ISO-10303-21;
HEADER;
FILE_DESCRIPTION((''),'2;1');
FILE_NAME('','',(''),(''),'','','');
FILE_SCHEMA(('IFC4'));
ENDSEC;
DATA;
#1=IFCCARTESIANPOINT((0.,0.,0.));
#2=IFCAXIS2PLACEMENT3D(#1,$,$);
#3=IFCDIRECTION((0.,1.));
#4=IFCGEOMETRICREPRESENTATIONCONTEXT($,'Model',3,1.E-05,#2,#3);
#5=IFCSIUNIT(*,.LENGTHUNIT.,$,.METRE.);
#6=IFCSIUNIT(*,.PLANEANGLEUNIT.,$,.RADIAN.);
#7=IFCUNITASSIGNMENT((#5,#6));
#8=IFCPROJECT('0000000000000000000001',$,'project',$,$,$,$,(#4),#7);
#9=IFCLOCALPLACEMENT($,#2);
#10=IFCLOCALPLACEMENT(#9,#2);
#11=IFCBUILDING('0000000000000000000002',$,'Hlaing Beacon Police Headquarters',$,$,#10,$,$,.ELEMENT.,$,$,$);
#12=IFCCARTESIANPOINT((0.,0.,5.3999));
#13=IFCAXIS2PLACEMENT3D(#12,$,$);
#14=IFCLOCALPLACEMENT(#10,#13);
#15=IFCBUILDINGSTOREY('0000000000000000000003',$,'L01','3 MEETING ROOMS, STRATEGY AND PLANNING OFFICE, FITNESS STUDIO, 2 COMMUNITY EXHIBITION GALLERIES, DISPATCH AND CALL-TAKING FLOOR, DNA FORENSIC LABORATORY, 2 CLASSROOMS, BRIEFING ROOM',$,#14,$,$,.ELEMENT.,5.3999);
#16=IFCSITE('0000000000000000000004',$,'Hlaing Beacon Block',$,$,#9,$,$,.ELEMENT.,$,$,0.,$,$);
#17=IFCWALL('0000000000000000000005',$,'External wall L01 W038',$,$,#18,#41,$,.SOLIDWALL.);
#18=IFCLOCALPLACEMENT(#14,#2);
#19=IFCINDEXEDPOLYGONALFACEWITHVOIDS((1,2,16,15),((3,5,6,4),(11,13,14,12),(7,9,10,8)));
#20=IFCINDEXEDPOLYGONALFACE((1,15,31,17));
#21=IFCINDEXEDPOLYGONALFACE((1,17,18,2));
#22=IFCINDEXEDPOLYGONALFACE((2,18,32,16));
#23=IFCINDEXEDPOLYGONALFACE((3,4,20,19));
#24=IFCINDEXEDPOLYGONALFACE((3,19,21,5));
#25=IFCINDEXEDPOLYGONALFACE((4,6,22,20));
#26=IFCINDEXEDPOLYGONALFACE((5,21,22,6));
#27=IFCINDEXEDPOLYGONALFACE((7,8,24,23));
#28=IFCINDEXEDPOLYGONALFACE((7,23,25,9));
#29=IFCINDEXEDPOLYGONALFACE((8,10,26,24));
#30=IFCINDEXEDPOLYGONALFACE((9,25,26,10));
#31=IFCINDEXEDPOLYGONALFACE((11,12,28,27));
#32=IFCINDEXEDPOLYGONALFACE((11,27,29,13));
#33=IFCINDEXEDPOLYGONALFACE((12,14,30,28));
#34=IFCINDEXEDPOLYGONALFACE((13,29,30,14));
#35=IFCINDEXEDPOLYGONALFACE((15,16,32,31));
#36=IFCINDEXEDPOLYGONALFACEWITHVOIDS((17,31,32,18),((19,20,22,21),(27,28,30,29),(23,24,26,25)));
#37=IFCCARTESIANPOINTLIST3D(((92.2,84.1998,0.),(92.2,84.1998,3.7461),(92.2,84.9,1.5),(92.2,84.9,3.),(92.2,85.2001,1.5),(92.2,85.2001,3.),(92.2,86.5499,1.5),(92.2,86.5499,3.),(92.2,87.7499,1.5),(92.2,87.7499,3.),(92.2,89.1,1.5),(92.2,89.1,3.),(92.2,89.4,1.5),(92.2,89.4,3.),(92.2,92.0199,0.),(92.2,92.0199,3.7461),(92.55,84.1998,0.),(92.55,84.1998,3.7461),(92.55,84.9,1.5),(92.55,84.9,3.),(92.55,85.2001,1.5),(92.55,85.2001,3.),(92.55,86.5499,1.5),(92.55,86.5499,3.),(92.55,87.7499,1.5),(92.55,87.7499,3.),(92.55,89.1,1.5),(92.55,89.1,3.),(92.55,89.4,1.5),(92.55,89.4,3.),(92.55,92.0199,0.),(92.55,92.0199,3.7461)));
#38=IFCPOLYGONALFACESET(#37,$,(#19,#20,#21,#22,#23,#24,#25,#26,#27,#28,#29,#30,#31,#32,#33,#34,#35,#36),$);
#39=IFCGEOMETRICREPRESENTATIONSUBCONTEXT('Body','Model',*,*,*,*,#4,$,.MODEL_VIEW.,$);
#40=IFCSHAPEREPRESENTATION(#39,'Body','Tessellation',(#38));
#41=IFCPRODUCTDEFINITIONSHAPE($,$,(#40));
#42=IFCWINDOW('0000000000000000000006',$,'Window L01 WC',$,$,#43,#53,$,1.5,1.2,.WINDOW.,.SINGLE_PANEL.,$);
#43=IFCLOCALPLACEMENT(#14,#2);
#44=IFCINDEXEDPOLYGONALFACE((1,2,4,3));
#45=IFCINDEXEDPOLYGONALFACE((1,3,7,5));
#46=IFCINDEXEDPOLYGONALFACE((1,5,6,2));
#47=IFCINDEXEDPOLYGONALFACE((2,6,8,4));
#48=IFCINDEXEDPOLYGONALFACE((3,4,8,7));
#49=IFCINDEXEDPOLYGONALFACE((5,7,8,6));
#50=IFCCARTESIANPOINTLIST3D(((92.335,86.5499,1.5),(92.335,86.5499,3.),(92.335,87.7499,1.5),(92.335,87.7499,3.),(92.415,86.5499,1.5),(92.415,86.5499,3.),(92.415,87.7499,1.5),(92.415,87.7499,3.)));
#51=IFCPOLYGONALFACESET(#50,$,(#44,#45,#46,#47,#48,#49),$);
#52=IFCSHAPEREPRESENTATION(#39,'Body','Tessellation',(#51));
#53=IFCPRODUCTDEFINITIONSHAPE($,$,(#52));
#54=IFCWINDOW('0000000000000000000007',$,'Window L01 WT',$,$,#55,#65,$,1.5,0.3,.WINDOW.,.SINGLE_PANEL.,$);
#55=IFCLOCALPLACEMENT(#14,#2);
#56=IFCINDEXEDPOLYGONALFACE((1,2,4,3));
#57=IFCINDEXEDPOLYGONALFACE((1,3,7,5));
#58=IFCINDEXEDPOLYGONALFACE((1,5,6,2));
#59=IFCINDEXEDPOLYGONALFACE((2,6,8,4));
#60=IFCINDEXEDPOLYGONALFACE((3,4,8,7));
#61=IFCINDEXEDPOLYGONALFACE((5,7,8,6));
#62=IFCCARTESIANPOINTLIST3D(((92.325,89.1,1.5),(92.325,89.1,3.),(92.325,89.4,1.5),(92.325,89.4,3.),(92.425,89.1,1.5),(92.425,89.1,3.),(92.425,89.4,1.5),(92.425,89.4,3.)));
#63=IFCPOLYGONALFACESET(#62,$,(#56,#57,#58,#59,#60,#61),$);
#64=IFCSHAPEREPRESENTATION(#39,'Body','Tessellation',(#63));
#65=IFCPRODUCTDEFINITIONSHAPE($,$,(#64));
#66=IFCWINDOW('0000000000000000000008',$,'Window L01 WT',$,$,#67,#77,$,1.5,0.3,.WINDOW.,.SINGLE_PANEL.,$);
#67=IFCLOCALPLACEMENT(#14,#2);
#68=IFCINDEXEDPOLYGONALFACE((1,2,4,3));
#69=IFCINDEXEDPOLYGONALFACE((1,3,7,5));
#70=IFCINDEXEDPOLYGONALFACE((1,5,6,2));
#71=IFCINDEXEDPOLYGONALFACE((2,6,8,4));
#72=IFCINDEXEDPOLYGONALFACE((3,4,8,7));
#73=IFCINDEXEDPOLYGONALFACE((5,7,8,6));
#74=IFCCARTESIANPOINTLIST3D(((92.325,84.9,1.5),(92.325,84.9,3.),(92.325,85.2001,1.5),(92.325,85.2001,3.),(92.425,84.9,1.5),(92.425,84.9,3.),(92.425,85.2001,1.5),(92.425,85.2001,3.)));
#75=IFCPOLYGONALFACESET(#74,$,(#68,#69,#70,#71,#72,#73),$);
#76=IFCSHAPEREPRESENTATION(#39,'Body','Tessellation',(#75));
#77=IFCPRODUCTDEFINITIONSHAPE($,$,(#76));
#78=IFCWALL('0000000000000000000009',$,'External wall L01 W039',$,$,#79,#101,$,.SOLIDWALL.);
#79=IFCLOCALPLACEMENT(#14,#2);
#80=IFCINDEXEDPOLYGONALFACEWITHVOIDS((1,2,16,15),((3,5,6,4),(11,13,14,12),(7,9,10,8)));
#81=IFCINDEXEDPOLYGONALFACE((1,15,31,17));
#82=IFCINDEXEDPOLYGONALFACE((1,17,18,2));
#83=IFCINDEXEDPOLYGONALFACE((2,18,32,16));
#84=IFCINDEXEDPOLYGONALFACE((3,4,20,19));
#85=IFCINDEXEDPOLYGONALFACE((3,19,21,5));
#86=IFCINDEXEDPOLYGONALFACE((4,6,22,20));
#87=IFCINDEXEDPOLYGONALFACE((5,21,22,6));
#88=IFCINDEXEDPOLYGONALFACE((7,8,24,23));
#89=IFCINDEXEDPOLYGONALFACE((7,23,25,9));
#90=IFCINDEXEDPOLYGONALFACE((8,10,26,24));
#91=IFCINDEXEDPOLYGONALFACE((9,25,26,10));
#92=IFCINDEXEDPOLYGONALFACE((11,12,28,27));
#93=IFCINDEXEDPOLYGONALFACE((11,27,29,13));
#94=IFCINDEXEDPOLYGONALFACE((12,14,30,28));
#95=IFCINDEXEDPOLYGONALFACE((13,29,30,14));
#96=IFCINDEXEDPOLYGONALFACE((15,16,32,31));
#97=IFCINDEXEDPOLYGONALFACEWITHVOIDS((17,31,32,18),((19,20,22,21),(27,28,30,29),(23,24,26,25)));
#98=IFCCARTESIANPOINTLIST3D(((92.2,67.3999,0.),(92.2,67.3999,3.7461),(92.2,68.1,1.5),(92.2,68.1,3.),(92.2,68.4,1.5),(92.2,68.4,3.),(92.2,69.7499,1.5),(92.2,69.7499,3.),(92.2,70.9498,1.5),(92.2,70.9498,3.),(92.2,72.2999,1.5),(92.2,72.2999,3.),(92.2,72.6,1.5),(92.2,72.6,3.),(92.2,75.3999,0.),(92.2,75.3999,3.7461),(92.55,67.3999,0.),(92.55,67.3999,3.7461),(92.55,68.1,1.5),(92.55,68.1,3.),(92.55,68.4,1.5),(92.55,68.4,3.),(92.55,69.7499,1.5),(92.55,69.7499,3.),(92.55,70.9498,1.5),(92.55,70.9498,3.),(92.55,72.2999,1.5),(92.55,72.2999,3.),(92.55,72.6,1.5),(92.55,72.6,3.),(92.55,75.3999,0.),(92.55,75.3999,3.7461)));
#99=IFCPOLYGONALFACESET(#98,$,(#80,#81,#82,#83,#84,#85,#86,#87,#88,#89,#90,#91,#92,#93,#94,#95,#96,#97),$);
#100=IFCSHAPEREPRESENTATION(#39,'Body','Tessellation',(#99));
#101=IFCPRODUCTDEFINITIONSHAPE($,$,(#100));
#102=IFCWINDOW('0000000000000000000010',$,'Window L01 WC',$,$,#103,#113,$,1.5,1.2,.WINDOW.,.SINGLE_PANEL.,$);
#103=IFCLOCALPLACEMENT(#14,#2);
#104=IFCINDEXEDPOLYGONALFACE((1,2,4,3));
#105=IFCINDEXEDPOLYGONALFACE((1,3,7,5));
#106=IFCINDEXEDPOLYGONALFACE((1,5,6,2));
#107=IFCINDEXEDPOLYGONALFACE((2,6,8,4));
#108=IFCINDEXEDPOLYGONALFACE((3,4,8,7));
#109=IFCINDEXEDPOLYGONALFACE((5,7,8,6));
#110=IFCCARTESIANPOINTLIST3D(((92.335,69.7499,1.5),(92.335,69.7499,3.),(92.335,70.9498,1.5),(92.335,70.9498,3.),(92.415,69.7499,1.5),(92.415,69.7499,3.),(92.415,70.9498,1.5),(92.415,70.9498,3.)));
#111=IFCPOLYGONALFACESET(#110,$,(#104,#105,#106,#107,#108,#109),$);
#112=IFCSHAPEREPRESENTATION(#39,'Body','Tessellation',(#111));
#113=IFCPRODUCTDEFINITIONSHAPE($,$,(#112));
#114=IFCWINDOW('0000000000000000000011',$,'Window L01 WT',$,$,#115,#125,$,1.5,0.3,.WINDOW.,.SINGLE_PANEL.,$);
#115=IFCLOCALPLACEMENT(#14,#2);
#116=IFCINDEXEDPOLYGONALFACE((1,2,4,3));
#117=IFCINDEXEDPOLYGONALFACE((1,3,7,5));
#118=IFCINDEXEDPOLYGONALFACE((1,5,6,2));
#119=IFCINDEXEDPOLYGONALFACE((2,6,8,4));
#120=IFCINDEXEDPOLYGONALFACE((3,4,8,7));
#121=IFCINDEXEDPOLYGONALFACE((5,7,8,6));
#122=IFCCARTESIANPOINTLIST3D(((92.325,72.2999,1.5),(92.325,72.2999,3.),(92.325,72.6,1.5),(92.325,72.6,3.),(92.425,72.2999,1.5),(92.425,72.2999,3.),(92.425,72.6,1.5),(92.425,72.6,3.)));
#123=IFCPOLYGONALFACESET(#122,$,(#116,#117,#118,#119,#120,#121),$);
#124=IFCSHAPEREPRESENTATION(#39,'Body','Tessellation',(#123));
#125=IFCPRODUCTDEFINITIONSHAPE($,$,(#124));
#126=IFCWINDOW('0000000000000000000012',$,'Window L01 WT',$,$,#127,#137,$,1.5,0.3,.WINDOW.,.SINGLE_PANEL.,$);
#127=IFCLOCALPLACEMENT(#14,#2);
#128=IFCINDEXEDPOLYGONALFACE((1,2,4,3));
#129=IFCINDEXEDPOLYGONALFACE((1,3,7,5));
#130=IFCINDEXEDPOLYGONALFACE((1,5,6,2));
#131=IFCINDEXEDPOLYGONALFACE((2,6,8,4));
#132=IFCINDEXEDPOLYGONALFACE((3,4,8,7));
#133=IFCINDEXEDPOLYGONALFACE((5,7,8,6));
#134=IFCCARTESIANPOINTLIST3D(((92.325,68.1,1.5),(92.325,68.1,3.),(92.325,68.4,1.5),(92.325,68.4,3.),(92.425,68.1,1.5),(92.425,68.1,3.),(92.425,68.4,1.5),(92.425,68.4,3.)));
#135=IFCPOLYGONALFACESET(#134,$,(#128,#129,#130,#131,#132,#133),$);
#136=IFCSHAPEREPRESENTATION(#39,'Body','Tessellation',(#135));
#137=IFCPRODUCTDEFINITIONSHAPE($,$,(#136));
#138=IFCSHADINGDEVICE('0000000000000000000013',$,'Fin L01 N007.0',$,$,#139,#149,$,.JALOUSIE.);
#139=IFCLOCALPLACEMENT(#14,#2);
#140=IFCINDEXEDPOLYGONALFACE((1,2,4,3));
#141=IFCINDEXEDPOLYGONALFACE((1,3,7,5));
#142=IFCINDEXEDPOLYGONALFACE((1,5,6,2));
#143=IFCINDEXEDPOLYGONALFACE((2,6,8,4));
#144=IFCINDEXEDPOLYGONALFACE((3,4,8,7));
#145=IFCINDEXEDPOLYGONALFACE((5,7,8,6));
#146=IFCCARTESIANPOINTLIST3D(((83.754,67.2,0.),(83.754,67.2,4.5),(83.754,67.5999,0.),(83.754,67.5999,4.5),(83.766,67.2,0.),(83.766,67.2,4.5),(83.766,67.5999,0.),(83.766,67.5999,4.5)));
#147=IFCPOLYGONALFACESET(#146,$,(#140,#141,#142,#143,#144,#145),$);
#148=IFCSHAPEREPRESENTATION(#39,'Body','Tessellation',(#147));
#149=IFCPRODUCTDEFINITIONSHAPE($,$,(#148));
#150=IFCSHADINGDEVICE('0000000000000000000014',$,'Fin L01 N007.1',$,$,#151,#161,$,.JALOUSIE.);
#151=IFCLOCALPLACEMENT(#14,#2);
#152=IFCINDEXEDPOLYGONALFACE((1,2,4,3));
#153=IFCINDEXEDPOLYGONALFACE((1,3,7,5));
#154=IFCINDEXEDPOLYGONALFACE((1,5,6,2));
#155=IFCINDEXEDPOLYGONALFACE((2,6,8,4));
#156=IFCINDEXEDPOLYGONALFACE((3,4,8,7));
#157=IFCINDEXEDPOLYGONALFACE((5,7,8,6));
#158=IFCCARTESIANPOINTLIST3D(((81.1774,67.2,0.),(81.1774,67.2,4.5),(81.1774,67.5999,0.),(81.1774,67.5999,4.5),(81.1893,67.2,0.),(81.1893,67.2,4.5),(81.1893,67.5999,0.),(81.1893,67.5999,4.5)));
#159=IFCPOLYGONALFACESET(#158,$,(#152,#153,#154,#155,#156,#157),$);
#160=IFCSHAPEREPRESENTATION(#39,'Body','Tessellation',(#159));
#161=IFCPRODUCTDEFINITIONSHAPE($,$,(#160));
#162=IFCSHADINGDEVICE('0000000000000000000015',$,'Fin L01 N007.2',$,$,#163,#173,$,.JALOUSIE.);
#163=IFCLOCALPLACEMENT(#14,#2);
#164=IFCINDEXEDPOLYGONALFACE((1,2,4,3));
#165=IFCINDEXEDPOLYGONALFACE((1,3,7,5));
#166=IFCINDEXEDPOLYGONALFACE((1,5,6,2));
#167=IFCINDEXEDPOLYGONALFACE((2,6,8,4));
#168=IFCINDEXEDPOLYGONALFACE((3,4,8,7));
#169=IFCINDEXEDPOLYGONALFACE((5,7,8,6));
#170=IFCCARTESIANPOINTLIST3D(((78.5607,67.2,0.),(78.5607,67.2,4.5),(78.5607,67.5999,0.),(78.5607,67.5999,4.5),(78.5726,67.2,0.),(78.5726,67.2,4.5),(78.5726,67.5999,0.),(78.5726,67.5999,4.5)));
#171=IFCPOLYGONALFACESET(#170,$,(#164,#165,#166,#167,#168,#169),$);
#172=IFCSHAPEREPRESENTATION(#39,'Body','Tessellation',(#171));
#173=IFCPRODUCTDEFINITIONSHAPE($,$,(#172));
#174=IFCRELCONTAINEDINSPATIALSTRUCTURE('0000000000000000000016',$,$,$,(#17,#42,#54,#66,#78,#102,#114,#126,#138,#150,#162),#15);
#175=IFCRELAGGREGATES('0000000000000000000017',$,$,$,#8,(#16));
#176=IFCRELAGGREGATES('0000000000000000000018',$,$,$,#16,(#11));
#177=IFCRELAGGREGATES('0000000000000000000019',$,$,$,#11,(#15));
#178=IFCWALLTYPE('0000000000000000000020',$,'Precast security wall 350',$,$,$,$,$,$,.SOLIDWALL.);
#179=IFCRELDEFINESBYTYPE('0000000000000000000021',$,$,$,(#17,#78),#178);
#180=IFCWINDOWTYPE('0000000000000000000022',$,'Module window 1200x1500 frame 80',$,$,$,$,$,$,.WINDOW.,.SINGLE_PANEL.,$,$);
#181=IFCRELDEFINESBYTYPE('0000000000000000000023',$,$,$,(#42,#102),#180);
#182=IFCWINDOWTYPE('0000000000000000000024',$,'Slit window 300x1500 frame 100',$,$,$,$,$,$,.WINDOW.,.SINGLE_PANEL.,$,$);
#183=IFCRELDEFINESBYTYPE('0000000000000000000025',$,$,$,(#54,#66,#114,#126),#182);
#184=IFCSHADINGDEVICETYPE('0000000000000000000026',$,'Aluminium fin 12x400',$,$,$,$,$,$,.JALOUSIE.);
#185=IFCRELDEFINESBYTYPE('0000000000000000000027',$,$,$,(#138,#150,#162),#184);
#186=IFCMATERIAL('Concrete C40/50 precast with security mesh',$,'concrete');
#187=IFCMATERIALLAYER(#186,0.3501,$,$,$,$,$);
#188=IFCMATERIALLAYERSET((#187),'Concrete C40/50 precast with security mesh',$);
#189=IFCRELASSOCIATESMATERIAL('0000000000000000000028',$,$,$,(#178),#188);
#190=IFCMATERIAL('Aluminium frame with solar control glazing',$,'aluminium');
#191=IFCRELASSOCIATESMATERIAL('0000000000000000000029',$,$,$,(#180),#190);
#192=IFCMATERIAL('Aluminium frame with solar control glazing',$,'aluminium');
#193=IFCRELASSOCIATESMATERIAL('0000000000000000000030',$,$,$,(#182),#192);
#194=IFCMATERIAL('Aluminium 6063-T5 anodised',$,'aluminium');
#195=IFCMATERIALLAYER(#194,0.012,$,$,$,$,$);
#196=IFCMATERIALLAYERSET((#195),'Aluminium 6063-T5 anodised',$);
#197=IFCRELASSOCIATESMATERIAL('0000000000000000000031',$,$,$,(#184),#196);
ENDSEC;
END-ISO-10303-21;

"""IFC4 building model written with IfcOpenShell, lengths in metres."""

from ifc_helpers import new_model, si_unit, direction, frame, frame_2d, origin, origin_2d, place, context, subcontext, project, spatial, rectangle, extrude, material, layer, layer_set, type_object, element, fill, save


model = new_model("IFC4")

# Units and contexts
model_context = context("Model", 3, precision=1e-05, world=origin(), true_north=direction((0.0, 1.0)))
body_context = subcontext(model_context, "Body", "Model", "MODEL_VIEW")
ifc_project = project(units=[si_unit("LENGTHUNIT", "METRE"), si_unit("PLANEANGLEUNIT", "RADIAN")], contexts=[model_context])

# Site, building, storey
site_placement = place(None, origin())
site = spatial("IfcSite", under=ifc_project, at=site_placement, Name="Hlaing Beacon Block", CompositionType="ELEMENT", RefElevation=0.0)
building_placement = place(site_placement, origin())
building = spatial("IfcBuilding", under=site, at=building_placement, Name="Hlaing Beacon Police Headquarters", CompositionType="ELEMENT")
storey_placement = place(building_placement, frame((0.0, 0.0, 5.3999)))
storey = spatial("IfcBuildingStorey", under=building, at=storey_placement, Name="L01", Description="3 MEETING ROOMS, STRATEGY AND PLANNING OFFICE, FITNESS STUDIO, 2 COMMUNITY EXHIBITION GALLERIES, DISPATCH AND CALL-TAKING FLOOR, DNA FORENSIC LABORATORY, 2 CLASSROOMS, BRIEFING ROOM", CompositionType="ELEMENT", Elevation=5.3999)

# Walls, openings, windows
ifc_material_1 = material(Name="Concrete C40/50 precast with security mesh", Category="concrete")
ifc_layer_1 = layer(ifc_material_1, 0.3501)
ifc_layer_set_1 = layer_set([ifc_layer_1], Name="Concrete C40/50 precast with security mesh")
wall_type_1 = type_object("IfcWallType", Name="Precast security wall 350", PredefinedType="SOLIDWALL", material=ifc_layer_set_1)
wall_1_placement = place(storey_placement, frame((92.375, 92.02, 0.0), z_axis=(0.0, 0.0, 1.0), x_axis=(0.0, -1.0, 0.0)))
wall_1 = element("IfcWall", 1, at=wall_1_placement, inside=storey, type_object=wall_type_1, Name="External wall L01 W038", PredefinedType="SOLIDWALL", context=body_context, shape_type="SweptSolid", body=[
    extrude(rectangle(XDim=7.8201, YDim=0.3501, at=frame_2d((3.9102, 0.0))), origin(), (0.0, 0.0, 1.0), 3.7461),
])
opening_1_placement = place(wall_1_placement, frame((2.6201, 0.0, 1.5)))
opening_1 = element("IfcOpeningElement", 2, at=opening_1_placement, cuts=wall_1, PredefinedType="OPENING", context=body_context, shape_type="SweptSolid", body=[
    extrude(rectangle(XDim=0.3, YDim=1.5, at=frame_2d((0.1499, 0.75))), frame((0.0, 0.1851, 0.0), z_axis=(0.0, -1.0, 0.0), x_axis=(1.0, 0.0, 0.0)), (0.0, 0.0, 1.0), 0.3701),
])
opening_2_placement = place(wall_1_placement, frame((4.27, 0.0, 1.5)))
opening_2 = element("IfcOpeningElement", 3, at=opening_2_placement, cuts=wall_1, PredefinedType="OPENING", context=body_context, shape_type="SweptSolid", body=[
    extrude(rectangle(XDim=1.2, YDim=1.5, at=frame_2d((0.6001, 0.75))), frame((0.0, 0.1851, 0.0), z_axis=(0.0, -1.0, 0.0), x_axis=(1.0, 0.0, 0.0)), (0.0, 0.0, 1.0), 0.3701),
])
opening_3_placement = place(wall_1_placement, frame((6.8201, 0.0, 1.5)))
opening_3 = element("IfcOpeningElement", 4, at=opening_3_placement, cuts=wall_1, PredefinedType="OPENING", context=body_context, shape_type="SweptSolid", body=[
    extrude(rectangle(XDim=0.3, YDim=1.5, at=frame_2d((0.1499, 0.75))), frame((0.0, 0.1851, 0.0), z_axis=(0.0, -1.0, 0.0), x_axis=(1.0, 0.0, 0.0)), (0.0, 0.0, 1.0), 0.3701),
])
ifc_material_2 = material(Name="Aluminium frame with solar control glazing", Category="aluminium")
window_type_1 = type_object("IfcWindowType", Name="Module window 1200x1500 frame 80", PartitioningType="SINGLE_PANEL", PredefinedType="WINDOW", material=ifc_material_2)
window_1_placement = place(opening_2_placement, origin())
window_1 = element("IfcWindow", 5, at=window_1_placement, inside=storey, type_object=window_type_1, Name="Window L01 WC", OverallHeight=1.5, OverallWidth=1.2, PartitioningType="SINGLE_PANEL", PredefinedType="WINDOW", context=body_context, shape_type="SweptSolid", body=[
    extrude(rectangle(XDim=1.2, YDim=1.5, at=frame_2d((0.6001, 0.75))), frame((0.0, 0.04, 0.0), z_axis=(0.0, -1.0, 0.0), x_axis=(1.0, 0.0, 0.0)), (0.0, 0.0, 1.0), 0.0801),
])
fill(opening_2, window_1)
ifc_material_3 = material(Name="Aluminium frame with solar control glazing", Category="aluminium")
window_type_2 = type_object("IfcWindowType", Name="Slit window 300x1500 frame 100", PartitioningType="SINGLE_PANEL", PredefinedType="WINDOW", material=ifc_material_3)
window_2_placement = place(opening_1_placement, origin())
window_2 = element("IfcWindow", 6, at=window_2_placement, inside=storey, type_object=window_type_2, Name="Window L01 WT", OverallHeight=1.5, OverallWidth=0.3, PartitioningType="SINGLE_PANEL", PredefinedType="WINDOW", context=body_context, shape_type="SweptSolid", body=[
    extrude(rectangle(XDim=0.3, YDim=1.5, at=frame_2d((0.1499, 0.75))), frame((0.0, 0.05, 0.0), z_axis=(0.0, -1.0, 0.0), x_axis=(1.0, 0.0, 0.0)), (0.0, 0.0, 1.0), 0.1001),
])
fill(opening_1, window_2)
window_3_placement = place(opening_3_placement, origin())
window_3 = element("IfcWindow", 7, at=window_3_placement, inside=storey, type_object=window_type_2, Name="Window L01 WT", OverallHeight=1.5, OverallWidth=0.3, PartitioningType="SINGLE_PANEL", PredefinedType="WINDOW", context=body_context, shape_type="SweptSolid", body=[
    extrude(rectangle(XDim=0.3, YDim=1.5, at=frame_2d((0.1499, 0.75))), frame((0.0, 0.05, 0.0), z_axis=(0.0, -1.0, 0.0), x_axis=(1.0, 0.0, 0.0)), (0.0, 0.0, 1.0), 0.1001),
])
fill(opening_3, window_3)
wall_2_placement = place(storey_placement, frame((92.375, 75.3999, 0.0), z_axis=(0.0, 0.0, 1.0), x_axis=(0.0, -1.0, 0.0)))
wall_2 = element("IfcWall", 8, at=wall_2_placement, inside=storey, type_object=wall_type_1, Name="External wall L01 W039", PredefinedType="SOLIDWALL", context=body_context, shape_type="SweptSolid", body=[
    extrude(rectangle(XDim=8.0, YDim=0.3501, at=frame_2d((4.0, 0.0))), origin(), (0.0, 0.0, 1.0), 3.7461),
])
opening_4_placement = place(wall_2_placement, frame((2.8, 0.0, 1.5)))
opening_4 = element("IfcOpeningElement", 9, at=opening_4_placement, cuts=wall_2, PredefinedType="OPENING", context=body_context, shape_type="SweptSolid", body=[
    extrude(rectangle(XDim=0.3, YDim=1.5, at=frame_2d((0.1499, 0.75))), frame((0.0, 0.1851, 0.0), z_axis=(0.0, -1.0, 0.0), x_axis=(1.0, 0.0, 0.0)), (0.0, 0.0, 1.0), 0.3701),
])
opening_5_placement = place(wall_2_placement, frame((4.45, 0.0, 1.5)))
opening_5 = element("IfcOpeningElement", 10, at=opening_5_placement, cuts=wall_2, PredefinedType="OPENING", context=body_context, shape_type="SweptSolid", body=[
    extrude(rectangle(XDim=1.2, YDim=1.5, at=frame_2d((0.6001, 0.75))), frame((0.0, 0.1851, 0.0), z_axis=(0.0, -1.0, 0.0), x_axis=(1.0, 0.0, 0.0)), (0.0, 0.0, 1.0), 0.3701),
])
opening_6_placement = place(wall_2_placement, frame((7.0, 0.0, 1.5)))
opening_6 = element("IfcOpeningElement", 11, at=opening_6_placement, cuts=wall_2, PredefinedType="OPENING", context=body_context, shape_type="SweptSolid", body=[
    extrude(rectangle(XDim=0.3, YDim=1.5, at=frame_2d((0.1499, 0.75))), frame((0.0, 0.1851, 0.0), z_axis=(0.0, -1.0, 0.0), x_axis=(1.0, 0.0, 0.0)), (0.0, 0.0, 1.0), 0.3701),
])
window_4_placement = place(opening_5_placement, origin())
window_4 = element("IfcWindow", 12, at=window_4_placement, inside=storey, type_object=window_type_1, Name="Window L01 WC", OverallHeight=1.5, OverallWidth=1.2, PartitioningType="SINGLE_PANEL", PredefinedType="WINDOW", context=body_context, shape_type="SweptSolid", body=[
    extrude(rectangle(XDim=1.2, YDim=1.5, at=frame_2d((0.6001, 0.75))), frame((0.0, 0.04, 0.0), z_axis=(0.0, -1.0, 0.0), x_axis=(1.0, 0.0, 0.0)), (0.0, 0.0, 1.0), 0.0801),
])
fill(opening_5, window_4)
window_5_placement = place(opening_4_placement, origin())
window_5 = element("IfcWindow", 13, at=window_5_placement, inside=storey, type_object=window_type_2, Name="Window L01 WT", OverallHeight=1.5, OverallWidth=0.3, PartitioningType="SINGLE_PANEL", PredefinedType="WINDOW", context=body_context, shape_type="SweptSolid", body=[
    extrude(rectangle(XDim=0.3, YDim=1.5, at=frame_2d((0.1499, 0.75))), frame((0.0, 0.05, 0.0), z_axis=(0.0, -1.0, 0.0), x_axis=(1.0, 0.0, 0.0)), (0.0, 0.0, 1.0), 0.1001),
])
fill(opening_4, window_5)
window_6_placement = place(opening_6_placement, origin())
window_6 = element("IfcWindow", 14, at=window_6_placement, inside=storey, type_object=window_type_2, Name="Window L01 WT", OverallHeight=1.5, OverallWidth=0.3, PartitioningType="SINGLE_PANEL", PredefinedType="WINDOW", context=body_context, shape_type="SweptSolid", body=[
    extrude(rectangle(XDim=0.3, YDim=1.5, at=frame_2d((0.1499, 0.75))), frame((0.0, 0.05, 0.0), z_axis=(0.0, -1.0, 0.0), x_axis=(1.0, 0.0, 0.0)), (0.0, 0.0, 1.0), 0.1001),
])
fill(opening_6, window_6)

# Shading devices
ifc_material_4 = material(Name="Aluminium 6063-T5 anodised", Category="aluminium")
ifc_layer_2 = layer(ifc_material_4, 0.012)
ifc_layer_set_2 = layer_set([ifc_layer_2], Name="Aluminium 6063-T5 anodised")
shading_device_type = type_object("IfcShadingDeviceType", Name="Aluminium fin 12x400", PredefinedType="JALOUSIE", material=ifc_layer_set_2)
for number, where, z_axis, x_axis, name in (
    (15, (83.76, 67.3999, 0.0), (0.0, 0.0, 1.0), (-1.0, 0.0, 0.0), "Fin L01 N007.0"),
    (16, (81.1833, 67.3999, 0.0), (0.0, 0.0, 1.0), (-1.0, 0.0, 0.0), "Fin L01 N007.1"),
    (17, (78.5667, 67.3999, 0.0), (0.0, 0.0, 1.0), (-1.0, 0.0, 0.0), "Fin L01 N007.2"),
):
    element("IfcShadingDevice", number, at=place(storey_placement, frame(where, z_axis=z_axis, x_axis=x_axis)), inside=storey, type_object=shading_device_type, Name=name, PredefinedType="JALOUSIE", context=body_context, shape_type="SweptSolid", body=[
        extrude(rectangle(XDim=0.012, YDim=0.3999, at=origin_2d()), origin(), (0.0, 0.0, 1.0), 4.5),
    ])

save(model, "model.ifc")
